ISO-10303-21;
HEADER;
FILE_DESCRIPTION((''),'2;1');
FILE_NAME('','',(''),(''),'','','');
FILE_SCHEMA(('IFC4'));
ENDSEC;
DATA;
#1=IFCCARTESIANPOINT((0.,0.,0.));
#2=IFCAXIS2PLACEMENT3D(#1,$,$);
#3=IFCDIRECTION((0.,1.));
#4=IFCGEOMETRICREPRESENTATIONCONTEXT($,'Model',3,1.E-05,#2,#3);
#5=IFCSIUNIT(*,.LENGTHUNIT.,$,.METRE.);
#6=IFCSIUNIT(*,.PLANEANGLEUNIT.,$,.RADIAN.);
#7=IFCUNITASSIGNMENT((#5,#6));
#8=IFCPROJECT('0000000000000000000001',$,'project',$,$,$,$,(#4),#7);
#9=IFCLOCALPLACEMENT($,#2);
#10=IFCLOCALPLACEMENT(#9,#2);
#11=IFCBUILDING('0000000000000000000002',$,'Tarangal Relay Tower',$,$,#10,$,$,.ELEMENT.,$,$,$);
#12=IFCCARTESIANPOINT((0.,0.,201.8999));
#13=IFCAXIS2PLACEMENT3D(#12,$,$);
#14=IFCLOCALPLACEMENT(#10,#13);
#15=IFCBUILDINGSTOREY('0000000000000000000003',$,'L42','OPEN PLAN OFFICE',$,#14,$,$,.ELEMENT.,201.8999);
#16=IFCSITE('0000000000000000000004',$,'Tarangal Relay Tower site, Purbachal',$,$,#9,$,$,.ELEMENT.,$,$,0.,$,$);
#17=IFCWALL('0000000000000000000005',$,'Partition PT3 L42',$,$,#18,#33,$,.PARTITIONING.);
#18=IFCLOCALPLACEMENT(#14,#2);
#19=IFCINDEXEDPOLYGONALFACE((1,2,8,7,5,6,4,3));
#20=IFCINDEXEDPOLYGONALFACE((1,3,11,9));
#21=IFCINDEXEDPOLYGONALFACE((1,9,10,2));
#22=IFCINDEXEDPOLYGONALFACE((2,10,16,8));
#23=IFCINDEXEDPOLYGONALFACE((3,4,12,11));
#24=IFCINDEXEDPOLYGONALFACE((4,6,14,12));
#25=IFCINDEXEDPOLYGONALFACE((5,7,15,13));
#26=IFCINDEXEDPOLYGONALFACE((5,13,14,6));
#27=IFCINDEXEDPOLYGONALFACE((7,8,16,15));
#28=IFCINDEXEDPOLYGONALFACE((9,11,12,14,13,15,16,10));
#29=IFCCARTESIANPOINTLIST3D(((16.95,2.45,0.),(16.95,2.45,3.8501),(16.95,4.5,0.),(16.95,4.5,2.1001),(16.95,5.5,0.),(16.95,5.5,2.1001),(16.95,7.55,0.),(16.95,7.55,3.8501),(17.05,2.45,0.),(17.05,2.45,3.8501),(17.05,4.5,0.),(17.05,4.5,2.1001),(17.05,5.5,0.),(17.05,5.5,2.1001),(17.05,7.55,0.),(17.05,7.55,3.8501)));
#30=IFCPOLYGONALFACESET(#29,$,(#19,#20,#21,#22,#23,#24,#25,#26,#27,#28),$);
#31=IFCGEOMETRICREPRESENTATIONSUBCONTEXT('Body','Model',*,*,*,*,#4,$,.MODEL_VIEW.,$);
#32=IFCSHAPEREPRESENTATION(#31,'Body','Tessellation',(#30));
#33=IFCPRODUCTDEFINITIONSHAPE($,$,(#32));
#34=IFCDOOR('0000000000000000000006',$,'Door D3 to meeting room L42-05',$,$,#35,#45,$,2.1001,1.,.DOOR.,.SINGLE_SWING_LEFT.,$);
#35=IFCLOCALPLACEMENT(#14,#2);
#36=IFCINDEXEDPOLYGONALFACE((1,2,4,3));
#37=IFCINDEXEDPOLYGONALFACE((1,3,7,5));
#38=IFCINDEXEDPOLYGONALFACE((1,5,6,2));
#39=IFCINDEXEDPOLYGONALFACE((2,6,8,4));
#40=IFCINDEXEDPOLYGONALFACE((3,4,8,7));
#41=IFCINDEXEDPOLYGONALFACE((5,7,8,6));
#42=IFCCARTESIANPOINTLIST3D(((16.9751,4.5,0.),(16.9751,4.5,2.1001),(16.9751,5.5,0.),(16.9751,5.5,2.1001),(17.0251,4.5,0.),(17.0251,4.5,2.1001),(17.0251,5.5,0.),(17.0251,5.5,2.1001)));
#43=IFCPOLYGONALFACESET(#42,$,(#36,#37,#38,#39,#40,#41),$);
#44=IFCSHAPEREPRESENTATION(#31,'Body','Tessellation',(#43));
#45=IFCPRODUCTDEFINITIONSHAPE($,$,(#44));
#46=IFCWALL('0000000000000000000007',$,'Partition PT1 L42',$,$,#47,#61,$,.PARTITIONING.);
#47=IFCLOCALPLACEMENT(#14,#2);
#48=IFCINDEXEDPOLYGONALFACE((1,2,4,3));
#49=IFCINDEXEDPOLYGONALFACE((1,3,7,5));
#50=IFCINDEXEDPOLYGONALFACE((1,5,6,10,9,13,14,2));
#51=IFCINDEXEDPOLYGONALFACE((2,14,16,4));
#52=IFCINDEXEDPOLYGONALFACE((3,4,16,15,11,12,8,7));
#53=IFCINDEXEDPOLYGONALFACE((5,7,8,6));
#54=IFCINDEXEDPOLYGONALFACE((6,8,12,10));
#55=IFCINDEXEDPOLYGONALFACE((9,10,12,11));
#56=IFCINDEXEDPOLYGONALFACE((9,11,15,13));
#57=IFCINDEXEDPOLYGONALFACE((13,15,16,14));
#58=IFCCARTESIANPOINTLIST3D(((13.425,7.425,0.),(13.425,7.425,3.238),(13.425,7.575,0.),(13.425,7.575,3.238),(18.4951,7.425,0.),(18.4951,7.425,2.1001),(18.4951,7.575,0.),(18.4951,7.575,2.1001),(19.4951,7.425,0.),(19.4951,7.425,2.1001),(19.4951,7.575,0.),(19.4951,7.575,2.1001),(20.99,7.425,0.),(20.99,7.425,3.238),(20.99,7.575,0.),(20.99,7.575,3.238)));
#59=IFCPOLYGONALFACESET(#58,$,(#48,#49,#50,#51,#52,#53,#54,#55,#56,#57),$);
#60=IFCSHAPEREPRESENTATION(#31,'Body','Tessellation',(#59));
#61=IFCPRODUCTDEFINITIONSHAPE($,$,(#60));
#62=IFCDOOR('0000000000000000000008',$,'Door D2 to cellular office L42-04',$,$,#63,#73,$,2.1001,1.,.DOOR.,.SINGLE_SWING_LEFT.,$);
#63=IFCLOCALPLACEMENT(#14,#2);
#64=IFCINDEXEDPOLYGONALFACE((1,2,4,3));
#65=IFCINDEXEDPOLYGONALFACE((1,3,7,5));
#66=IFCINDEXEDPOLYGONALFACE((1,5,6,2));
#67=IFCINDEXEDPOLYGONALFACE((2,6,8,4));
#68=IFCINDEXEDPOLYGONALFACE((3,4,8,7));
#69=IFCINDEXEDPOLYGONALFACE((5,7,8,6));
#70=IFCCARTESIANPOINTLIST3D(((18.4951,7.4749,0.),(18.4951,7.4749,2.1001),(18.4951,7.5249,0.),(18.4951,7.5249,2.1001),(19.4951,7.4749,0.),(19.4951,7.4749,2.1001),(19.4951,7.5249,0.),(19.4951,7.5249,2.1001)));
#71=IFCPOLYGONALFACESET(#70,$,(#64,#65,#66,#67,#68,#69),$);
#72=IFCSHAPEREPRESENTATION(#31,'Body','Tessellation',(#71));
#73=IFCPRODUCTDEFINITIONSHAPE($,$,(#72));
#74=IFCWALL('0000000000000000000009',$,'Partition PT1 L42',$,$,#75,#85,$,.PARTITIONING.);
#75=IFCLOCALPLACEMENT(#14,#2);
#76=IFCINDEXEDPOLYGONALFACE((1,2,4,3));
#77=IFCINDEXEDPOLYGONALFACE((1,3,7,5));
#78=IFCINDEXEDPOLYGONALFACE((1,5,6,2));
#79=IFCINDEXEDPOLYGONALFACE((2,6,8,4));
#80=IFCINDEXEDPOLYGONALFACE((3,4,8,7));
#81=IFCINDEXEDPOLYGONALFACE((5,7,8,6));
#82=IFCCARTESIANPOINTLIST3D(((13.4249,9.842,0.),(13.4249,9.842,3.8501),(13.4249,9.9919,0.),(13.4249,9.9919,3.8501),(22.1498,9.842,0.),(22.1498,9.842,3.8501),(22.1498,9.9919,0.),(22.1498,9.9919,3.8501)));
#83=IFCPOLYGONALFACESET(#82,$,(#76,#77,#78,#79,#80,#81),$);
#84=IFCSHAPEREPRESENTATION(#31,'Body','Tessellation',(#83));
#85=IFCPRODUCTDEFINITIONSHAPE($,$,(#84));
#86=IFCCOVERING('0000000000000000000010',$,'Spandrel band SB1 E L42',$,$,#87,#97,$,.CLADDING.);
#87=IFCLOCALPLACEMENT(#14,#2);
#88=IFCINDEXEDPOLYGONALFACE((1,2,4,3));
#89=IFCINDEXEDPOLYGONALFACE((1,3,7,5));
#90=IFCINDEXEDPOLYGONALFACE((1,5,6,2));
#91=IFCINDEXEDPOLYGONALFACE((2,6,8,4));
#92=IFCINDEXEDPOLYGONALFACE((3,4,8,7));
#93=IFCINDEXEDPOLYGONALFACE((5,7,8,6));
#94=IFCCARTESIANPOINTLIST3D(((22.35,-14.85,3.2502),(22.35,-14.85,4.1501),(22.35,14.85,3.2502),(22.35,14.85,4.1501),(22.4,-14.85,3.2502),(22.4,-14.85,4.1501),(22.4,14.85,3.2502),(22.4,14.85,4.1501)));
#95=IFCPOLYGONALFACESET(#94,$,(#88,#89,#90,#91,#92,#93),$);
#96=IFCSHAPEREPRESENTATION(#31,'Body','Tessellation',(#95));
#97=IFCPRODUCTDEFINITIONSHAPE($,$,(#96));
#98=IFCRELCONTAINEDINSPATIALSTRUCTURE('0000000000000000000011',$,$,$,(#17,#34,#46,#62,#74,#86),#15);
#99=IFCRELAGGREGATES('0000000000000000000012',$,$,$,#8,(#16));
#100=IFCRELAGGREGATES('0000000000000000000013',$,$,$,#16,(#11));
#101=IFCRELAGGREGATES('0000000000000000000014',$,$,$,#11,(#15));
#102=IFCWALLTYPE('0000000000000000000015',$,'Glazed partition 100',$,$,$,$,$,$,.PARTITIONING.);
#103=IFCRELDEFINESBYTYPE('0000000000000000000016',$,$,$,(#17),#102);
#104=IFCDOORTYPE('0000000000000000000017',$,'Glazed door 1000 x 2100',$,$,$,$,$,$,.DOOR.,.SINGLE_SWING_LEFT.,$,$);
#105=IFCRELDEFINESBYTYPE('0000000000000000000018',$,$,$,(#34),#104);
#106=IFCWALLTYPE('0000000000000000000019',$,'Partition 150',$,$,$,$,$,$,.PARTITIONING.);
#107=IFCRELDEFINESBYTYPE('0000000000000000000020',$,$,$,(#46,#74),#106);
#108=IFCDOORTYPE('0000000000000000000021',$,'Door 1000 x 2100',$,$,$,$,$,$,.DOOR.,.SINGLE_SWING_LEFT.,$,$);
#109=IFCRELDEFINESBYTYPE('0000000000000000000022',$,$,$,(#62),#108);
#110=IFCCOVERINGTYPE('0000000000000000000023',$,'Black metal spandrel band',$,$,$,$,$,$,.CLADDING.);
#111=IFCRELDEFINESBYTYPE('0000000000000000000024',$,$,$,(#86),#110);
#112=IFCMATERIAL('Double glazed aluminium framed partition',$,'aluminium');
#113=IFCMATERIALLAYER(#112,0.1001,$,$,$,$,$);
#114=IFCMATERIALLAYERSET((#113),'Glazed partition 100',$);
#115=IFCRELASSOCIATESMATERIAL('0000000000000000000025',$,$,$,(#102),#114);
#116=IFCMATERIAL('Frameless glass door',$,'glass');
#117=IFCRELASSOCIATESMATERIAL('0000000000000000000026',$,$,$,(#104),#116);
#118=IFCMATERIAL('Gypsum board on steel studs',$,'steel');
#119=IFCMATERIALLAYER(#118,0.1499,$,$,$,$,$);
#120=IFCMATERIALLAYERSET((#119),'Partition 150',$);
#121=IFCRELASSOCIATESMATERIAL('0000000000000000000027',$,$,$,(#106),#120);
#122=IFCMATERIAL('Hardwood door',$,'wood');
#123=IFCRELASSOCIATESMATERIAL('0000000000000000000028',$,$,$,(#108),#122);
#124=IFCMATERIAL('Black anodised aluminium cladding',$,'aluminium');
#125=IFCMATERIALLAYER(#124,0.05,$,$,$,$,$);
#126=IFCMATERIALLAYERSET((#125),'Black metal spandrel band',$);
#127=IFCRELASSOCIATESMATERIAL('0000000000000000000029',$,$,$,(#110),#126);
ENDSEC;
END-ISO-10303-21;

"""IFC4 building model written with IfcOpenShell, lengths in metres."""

from ifc_helpers import new_model, si_unit, direction, frame, frame_2d, origin, origin_2d, place, context, subcontext, project, spatial, rectangle, extrude, material, layer, layer_set, type_object, element, fill, save


model = new_model("IFC4")

# Units and contexts
model_context = context("Model", 3, precision=1e-05, world=origin(), true_north=direction((0.0, 1.0)))
body_context = subcontext(model_context, "Body", "Model", "MODEL_VIEW")
ifc_project = project(units=[si_unit("LENGTHUNIT", "METRE"), si_unit("PLANEANGLEUNIT", "RADIAN")], contexts=[model_context])

# Site, building, storey
site_placement = place(None, origin())
site = spatial("IfcSite", under=ifc_project, at=site_placement, Name="Tarangal Relay Tower site, Purbachal", CompositionType="ELEMENT", RefElevation=0.0)
building_placement = place(site_placement, origin())
building = spatial("IfcBuilding", under=site, at=building_placement, Name="Tarangal Relay Tower", CompositionType="ELEMENT")
storey_placement = place(building_placement, frame((0.0, 0.0, 201.8999)))
storey = spatial("IfcBuildingStorey", under=building, at=storey_placement, Name="L42", Description="OPEN PLAN OFFICE", CompositionType="ELEMENT", Elevation=201.8999)

# Shared definitions
ifc_material_1 = material(Name="Double glazed aluminium framed partition", Category="aluminium")
ifc_layer_1 = layer(ifc_material_1, 0.1001)
ifc_layer_set_1 = layer_set([ifc_layer_1], Name="Glazed partition 100")
wall_type_1 = type_object("IfcWallType", Name="Glazed partition 100", PredefinedType="PARTITIONING", material=ifc_layer_set_1)

# Walls, openings, doors
wall_1_placement = place(storey_placement, frame((17.0, 2.45, 0.0), z_axis=(0.0, 0.0, 1.0), x_axis=(0.0, 1.0, 0.0)))
wall_1 = element("IfcWall", 1, at=wall_1_placement, inside=storey, type_object=wall_type_1, Name="Partition PT3 L42", PredefinedType="PARTITIONING", context=body_context, shape_type="SweptSolid", body=[
    extrude(rectangle(XDim=5.1001, YDim=0.1001, at=frame_2d((2.55, 0.0))), origin(), (0.0, 0.0, 1.0), 3.8501),
])
opening_1_placement = place(wall_1_placement, frame((2.05, 0.0, 0.0)))
opening_1 = element("IfcOpeningElement", 2, at=opening_1_placement, cuts=wall_1, PredefinedType="OPENING", context=body_context, shape_type="SweptSolid", body=[
    extrude(rectangle(XDim=1.0, YDim=2.1001, at=frame_2d((0.5, 1.05))), frame((0.0, 0.0601, 0.0), z_axis=(0.0, -1.0, 0.0), x_axis=(1.0, 0.0, 0.0)), (0.0, 0.0, 1.0), 0.1201),
])
ifc_material_2 = material(Name="Frameless glass door", Category="glass")
door_type_1 = type_object("IfcDoorType", Name="Glazed door 1000 x 2100", OperationType="SINGLE_SWING_LEFT", PredefinedType="DOOR", material=ifc_material_2)
door_1_placement = place(opening_1_placement, origin())
door_1 = element("IfcDoor", 3, at=door_1_placement, inside=storey, type_object=door_type_1, Name="Door D3 to meeting room L42-05", OperationType="SINGLE_SWING_LEFT", OverallHeight=2.1001, OverallWidth=1.0, PredefinedType="DOOR", context=body_context, shape_type="SweptSolid", body=[
    extrude(rectangle(XDim=1.0, YDim=2.1001, at=frame_2d((0.5, 1.05))), frame((0.0, 0.0249, 0.0), z_axis=(0.0, -1.0, 0.0), x_axis=(1.0, 0.0, 0.0)), (0.0, 0.0, 1.0), 0.05),
])
fill(opening_1, door_1)
ifc_material_3 = material(Name="Gypsum board on steel studs", Category="steel")
ifc_layer_2 = layer(ifc_material_3, 0.1499)
ifc_layer_set_2 = layer_set([ifc_layer_2], Name="Partition 150")
wall_type_2 = type_object("IfcWallType", Name="Partition 150", PredefinedType="PARTITIONING", material=ifc_layer_set_2)
wall_2_placement = place(storey_placement, frame((13.425, 7.5, 0.0), z_axis=(0.0, 0.0, 1.0), x_axis=(1.0, 0.0, 0.0)))
wall_2 = element("IfcWall", 4, at=wall_2_placement, inside=storey, type_object=wall_type_2, Name="Partition PT1 L42", PredefinedType="PARTITIONING", context=body_context, shape_type="SweptSolid", body=[
    extrude(rectangle(XDim=7.5649, YDim=0.1499, at=frame_2d((3.7825, 0.0))), origin(), (0.0, 0.0, 1.0), 3.238),
])
opening_2_placement = place(wall_2_placement, frame((5.0701, 0.0, 0.0)))
opening_2 = element("IfcOpeningElement", 5, at=opening_2_placement, cuts=wall_2, PredefinedType="OPENING", context=body_context, shape_type="SweptSolid", body=[
    extrude(rectangle(XDim=1.0, YDim=2.1001, at=frame_2d((0.5, 1.05))), frame((0.0, 0.085, 0.0), z_axis=(0.0, -1.0, 0.0), x_axis=(1.0, 0.0, 0.0)), (0.0, 0.0, 1.0), 0.1699),
])
ifc_material_4 = material(Name="Hardwood door", Category="wood")
door_type_2 = type_object("IfcDoorType", Name="Door 1000 x 2100", OperationType="SINGLE_SWING_LEFT", PredefinedType="DOOR", material=ifc_material_4)
door_2_placement = place(opening_2_placement, origin())
door_2 = element("IfcDoor", 6, at=door_2_placement, inside=storey, type_object=door_type_2, Name="Door D2 to cellular office L42-04", OperationType="SINGLE_SWING_LEFT", OverallHeight=2.1001, OverallWidth=1.0, PredefinedType="DOOR", context=body_context, shape_type="SweptSolid", body=[
    extrude(rectangle(XDim=1.0, YDim=2.1001, at=frame_2d((0.5, 1.05))), frame((0.0, 0.0249, 0.0), z_axis=(0.0, -1.0, 0.0), x_axis=(1.0, 0.0, 0.0)), (0.0, 0.0, 1.0), 0.05),
])
fill(opening_2, door_2)

# Wall
wall_3_placement = place(storey_placement, frame((13.425, 9.917, 0.0), z_axis=(0.0, 0.0, 1.0), x_axis=(1.0, 0.0, 0.0)))
element("IfcWall", 7, at=wall_3_placement, inside=storey, type_object=wall_type_2, Name="Partition PT1 L42", PredefinedType="PARTITIONING", context=body_context, shape_type="SweptSolid", body=[
    extrude(rectangle(XDim=8.7249, YDim=0.1499, at=frame_2d((4.3623, 0.0))), origin(), (0.0, 0.0, 1.0), 3.8501),
])

# Covering
ifc_material_5 = material(Name="Black anodised aluminium cladding", Category="aluminium")
ifc_layer_3 = layer(ifc_material_5, 0.05)
ifc_layer_set_3 = layer_set([ifc_layer_3], Name="Black metal spandrel band")
covering_type = type_object("IfcCoveringType", Name="Black metal spandrel band", PredefinedType="CLADDING", material=ifc_layer_set_3)
covering_placement = place(storey_placement, frame((22.375, 0.0, 3.2502), z_axis=(0.0, 0.0, 1.0), x_axis=(0.0, -1.0, 0.0)))
element("IfcCovering", 8, at=covering_placement, inside=storey, type_object=covering_type, Name="Spandrel band SB1 E L42", PredefinedType="CLADDING", context=body_context, shape_type="SweptSolid", body=[
    extrude(rectangle(XDim=29.7, YDim=0.05, at=origin_2d()), origin(), (0.0, 0.0, 1.0), 0.8999),
])

save(model, "model.ifc")
